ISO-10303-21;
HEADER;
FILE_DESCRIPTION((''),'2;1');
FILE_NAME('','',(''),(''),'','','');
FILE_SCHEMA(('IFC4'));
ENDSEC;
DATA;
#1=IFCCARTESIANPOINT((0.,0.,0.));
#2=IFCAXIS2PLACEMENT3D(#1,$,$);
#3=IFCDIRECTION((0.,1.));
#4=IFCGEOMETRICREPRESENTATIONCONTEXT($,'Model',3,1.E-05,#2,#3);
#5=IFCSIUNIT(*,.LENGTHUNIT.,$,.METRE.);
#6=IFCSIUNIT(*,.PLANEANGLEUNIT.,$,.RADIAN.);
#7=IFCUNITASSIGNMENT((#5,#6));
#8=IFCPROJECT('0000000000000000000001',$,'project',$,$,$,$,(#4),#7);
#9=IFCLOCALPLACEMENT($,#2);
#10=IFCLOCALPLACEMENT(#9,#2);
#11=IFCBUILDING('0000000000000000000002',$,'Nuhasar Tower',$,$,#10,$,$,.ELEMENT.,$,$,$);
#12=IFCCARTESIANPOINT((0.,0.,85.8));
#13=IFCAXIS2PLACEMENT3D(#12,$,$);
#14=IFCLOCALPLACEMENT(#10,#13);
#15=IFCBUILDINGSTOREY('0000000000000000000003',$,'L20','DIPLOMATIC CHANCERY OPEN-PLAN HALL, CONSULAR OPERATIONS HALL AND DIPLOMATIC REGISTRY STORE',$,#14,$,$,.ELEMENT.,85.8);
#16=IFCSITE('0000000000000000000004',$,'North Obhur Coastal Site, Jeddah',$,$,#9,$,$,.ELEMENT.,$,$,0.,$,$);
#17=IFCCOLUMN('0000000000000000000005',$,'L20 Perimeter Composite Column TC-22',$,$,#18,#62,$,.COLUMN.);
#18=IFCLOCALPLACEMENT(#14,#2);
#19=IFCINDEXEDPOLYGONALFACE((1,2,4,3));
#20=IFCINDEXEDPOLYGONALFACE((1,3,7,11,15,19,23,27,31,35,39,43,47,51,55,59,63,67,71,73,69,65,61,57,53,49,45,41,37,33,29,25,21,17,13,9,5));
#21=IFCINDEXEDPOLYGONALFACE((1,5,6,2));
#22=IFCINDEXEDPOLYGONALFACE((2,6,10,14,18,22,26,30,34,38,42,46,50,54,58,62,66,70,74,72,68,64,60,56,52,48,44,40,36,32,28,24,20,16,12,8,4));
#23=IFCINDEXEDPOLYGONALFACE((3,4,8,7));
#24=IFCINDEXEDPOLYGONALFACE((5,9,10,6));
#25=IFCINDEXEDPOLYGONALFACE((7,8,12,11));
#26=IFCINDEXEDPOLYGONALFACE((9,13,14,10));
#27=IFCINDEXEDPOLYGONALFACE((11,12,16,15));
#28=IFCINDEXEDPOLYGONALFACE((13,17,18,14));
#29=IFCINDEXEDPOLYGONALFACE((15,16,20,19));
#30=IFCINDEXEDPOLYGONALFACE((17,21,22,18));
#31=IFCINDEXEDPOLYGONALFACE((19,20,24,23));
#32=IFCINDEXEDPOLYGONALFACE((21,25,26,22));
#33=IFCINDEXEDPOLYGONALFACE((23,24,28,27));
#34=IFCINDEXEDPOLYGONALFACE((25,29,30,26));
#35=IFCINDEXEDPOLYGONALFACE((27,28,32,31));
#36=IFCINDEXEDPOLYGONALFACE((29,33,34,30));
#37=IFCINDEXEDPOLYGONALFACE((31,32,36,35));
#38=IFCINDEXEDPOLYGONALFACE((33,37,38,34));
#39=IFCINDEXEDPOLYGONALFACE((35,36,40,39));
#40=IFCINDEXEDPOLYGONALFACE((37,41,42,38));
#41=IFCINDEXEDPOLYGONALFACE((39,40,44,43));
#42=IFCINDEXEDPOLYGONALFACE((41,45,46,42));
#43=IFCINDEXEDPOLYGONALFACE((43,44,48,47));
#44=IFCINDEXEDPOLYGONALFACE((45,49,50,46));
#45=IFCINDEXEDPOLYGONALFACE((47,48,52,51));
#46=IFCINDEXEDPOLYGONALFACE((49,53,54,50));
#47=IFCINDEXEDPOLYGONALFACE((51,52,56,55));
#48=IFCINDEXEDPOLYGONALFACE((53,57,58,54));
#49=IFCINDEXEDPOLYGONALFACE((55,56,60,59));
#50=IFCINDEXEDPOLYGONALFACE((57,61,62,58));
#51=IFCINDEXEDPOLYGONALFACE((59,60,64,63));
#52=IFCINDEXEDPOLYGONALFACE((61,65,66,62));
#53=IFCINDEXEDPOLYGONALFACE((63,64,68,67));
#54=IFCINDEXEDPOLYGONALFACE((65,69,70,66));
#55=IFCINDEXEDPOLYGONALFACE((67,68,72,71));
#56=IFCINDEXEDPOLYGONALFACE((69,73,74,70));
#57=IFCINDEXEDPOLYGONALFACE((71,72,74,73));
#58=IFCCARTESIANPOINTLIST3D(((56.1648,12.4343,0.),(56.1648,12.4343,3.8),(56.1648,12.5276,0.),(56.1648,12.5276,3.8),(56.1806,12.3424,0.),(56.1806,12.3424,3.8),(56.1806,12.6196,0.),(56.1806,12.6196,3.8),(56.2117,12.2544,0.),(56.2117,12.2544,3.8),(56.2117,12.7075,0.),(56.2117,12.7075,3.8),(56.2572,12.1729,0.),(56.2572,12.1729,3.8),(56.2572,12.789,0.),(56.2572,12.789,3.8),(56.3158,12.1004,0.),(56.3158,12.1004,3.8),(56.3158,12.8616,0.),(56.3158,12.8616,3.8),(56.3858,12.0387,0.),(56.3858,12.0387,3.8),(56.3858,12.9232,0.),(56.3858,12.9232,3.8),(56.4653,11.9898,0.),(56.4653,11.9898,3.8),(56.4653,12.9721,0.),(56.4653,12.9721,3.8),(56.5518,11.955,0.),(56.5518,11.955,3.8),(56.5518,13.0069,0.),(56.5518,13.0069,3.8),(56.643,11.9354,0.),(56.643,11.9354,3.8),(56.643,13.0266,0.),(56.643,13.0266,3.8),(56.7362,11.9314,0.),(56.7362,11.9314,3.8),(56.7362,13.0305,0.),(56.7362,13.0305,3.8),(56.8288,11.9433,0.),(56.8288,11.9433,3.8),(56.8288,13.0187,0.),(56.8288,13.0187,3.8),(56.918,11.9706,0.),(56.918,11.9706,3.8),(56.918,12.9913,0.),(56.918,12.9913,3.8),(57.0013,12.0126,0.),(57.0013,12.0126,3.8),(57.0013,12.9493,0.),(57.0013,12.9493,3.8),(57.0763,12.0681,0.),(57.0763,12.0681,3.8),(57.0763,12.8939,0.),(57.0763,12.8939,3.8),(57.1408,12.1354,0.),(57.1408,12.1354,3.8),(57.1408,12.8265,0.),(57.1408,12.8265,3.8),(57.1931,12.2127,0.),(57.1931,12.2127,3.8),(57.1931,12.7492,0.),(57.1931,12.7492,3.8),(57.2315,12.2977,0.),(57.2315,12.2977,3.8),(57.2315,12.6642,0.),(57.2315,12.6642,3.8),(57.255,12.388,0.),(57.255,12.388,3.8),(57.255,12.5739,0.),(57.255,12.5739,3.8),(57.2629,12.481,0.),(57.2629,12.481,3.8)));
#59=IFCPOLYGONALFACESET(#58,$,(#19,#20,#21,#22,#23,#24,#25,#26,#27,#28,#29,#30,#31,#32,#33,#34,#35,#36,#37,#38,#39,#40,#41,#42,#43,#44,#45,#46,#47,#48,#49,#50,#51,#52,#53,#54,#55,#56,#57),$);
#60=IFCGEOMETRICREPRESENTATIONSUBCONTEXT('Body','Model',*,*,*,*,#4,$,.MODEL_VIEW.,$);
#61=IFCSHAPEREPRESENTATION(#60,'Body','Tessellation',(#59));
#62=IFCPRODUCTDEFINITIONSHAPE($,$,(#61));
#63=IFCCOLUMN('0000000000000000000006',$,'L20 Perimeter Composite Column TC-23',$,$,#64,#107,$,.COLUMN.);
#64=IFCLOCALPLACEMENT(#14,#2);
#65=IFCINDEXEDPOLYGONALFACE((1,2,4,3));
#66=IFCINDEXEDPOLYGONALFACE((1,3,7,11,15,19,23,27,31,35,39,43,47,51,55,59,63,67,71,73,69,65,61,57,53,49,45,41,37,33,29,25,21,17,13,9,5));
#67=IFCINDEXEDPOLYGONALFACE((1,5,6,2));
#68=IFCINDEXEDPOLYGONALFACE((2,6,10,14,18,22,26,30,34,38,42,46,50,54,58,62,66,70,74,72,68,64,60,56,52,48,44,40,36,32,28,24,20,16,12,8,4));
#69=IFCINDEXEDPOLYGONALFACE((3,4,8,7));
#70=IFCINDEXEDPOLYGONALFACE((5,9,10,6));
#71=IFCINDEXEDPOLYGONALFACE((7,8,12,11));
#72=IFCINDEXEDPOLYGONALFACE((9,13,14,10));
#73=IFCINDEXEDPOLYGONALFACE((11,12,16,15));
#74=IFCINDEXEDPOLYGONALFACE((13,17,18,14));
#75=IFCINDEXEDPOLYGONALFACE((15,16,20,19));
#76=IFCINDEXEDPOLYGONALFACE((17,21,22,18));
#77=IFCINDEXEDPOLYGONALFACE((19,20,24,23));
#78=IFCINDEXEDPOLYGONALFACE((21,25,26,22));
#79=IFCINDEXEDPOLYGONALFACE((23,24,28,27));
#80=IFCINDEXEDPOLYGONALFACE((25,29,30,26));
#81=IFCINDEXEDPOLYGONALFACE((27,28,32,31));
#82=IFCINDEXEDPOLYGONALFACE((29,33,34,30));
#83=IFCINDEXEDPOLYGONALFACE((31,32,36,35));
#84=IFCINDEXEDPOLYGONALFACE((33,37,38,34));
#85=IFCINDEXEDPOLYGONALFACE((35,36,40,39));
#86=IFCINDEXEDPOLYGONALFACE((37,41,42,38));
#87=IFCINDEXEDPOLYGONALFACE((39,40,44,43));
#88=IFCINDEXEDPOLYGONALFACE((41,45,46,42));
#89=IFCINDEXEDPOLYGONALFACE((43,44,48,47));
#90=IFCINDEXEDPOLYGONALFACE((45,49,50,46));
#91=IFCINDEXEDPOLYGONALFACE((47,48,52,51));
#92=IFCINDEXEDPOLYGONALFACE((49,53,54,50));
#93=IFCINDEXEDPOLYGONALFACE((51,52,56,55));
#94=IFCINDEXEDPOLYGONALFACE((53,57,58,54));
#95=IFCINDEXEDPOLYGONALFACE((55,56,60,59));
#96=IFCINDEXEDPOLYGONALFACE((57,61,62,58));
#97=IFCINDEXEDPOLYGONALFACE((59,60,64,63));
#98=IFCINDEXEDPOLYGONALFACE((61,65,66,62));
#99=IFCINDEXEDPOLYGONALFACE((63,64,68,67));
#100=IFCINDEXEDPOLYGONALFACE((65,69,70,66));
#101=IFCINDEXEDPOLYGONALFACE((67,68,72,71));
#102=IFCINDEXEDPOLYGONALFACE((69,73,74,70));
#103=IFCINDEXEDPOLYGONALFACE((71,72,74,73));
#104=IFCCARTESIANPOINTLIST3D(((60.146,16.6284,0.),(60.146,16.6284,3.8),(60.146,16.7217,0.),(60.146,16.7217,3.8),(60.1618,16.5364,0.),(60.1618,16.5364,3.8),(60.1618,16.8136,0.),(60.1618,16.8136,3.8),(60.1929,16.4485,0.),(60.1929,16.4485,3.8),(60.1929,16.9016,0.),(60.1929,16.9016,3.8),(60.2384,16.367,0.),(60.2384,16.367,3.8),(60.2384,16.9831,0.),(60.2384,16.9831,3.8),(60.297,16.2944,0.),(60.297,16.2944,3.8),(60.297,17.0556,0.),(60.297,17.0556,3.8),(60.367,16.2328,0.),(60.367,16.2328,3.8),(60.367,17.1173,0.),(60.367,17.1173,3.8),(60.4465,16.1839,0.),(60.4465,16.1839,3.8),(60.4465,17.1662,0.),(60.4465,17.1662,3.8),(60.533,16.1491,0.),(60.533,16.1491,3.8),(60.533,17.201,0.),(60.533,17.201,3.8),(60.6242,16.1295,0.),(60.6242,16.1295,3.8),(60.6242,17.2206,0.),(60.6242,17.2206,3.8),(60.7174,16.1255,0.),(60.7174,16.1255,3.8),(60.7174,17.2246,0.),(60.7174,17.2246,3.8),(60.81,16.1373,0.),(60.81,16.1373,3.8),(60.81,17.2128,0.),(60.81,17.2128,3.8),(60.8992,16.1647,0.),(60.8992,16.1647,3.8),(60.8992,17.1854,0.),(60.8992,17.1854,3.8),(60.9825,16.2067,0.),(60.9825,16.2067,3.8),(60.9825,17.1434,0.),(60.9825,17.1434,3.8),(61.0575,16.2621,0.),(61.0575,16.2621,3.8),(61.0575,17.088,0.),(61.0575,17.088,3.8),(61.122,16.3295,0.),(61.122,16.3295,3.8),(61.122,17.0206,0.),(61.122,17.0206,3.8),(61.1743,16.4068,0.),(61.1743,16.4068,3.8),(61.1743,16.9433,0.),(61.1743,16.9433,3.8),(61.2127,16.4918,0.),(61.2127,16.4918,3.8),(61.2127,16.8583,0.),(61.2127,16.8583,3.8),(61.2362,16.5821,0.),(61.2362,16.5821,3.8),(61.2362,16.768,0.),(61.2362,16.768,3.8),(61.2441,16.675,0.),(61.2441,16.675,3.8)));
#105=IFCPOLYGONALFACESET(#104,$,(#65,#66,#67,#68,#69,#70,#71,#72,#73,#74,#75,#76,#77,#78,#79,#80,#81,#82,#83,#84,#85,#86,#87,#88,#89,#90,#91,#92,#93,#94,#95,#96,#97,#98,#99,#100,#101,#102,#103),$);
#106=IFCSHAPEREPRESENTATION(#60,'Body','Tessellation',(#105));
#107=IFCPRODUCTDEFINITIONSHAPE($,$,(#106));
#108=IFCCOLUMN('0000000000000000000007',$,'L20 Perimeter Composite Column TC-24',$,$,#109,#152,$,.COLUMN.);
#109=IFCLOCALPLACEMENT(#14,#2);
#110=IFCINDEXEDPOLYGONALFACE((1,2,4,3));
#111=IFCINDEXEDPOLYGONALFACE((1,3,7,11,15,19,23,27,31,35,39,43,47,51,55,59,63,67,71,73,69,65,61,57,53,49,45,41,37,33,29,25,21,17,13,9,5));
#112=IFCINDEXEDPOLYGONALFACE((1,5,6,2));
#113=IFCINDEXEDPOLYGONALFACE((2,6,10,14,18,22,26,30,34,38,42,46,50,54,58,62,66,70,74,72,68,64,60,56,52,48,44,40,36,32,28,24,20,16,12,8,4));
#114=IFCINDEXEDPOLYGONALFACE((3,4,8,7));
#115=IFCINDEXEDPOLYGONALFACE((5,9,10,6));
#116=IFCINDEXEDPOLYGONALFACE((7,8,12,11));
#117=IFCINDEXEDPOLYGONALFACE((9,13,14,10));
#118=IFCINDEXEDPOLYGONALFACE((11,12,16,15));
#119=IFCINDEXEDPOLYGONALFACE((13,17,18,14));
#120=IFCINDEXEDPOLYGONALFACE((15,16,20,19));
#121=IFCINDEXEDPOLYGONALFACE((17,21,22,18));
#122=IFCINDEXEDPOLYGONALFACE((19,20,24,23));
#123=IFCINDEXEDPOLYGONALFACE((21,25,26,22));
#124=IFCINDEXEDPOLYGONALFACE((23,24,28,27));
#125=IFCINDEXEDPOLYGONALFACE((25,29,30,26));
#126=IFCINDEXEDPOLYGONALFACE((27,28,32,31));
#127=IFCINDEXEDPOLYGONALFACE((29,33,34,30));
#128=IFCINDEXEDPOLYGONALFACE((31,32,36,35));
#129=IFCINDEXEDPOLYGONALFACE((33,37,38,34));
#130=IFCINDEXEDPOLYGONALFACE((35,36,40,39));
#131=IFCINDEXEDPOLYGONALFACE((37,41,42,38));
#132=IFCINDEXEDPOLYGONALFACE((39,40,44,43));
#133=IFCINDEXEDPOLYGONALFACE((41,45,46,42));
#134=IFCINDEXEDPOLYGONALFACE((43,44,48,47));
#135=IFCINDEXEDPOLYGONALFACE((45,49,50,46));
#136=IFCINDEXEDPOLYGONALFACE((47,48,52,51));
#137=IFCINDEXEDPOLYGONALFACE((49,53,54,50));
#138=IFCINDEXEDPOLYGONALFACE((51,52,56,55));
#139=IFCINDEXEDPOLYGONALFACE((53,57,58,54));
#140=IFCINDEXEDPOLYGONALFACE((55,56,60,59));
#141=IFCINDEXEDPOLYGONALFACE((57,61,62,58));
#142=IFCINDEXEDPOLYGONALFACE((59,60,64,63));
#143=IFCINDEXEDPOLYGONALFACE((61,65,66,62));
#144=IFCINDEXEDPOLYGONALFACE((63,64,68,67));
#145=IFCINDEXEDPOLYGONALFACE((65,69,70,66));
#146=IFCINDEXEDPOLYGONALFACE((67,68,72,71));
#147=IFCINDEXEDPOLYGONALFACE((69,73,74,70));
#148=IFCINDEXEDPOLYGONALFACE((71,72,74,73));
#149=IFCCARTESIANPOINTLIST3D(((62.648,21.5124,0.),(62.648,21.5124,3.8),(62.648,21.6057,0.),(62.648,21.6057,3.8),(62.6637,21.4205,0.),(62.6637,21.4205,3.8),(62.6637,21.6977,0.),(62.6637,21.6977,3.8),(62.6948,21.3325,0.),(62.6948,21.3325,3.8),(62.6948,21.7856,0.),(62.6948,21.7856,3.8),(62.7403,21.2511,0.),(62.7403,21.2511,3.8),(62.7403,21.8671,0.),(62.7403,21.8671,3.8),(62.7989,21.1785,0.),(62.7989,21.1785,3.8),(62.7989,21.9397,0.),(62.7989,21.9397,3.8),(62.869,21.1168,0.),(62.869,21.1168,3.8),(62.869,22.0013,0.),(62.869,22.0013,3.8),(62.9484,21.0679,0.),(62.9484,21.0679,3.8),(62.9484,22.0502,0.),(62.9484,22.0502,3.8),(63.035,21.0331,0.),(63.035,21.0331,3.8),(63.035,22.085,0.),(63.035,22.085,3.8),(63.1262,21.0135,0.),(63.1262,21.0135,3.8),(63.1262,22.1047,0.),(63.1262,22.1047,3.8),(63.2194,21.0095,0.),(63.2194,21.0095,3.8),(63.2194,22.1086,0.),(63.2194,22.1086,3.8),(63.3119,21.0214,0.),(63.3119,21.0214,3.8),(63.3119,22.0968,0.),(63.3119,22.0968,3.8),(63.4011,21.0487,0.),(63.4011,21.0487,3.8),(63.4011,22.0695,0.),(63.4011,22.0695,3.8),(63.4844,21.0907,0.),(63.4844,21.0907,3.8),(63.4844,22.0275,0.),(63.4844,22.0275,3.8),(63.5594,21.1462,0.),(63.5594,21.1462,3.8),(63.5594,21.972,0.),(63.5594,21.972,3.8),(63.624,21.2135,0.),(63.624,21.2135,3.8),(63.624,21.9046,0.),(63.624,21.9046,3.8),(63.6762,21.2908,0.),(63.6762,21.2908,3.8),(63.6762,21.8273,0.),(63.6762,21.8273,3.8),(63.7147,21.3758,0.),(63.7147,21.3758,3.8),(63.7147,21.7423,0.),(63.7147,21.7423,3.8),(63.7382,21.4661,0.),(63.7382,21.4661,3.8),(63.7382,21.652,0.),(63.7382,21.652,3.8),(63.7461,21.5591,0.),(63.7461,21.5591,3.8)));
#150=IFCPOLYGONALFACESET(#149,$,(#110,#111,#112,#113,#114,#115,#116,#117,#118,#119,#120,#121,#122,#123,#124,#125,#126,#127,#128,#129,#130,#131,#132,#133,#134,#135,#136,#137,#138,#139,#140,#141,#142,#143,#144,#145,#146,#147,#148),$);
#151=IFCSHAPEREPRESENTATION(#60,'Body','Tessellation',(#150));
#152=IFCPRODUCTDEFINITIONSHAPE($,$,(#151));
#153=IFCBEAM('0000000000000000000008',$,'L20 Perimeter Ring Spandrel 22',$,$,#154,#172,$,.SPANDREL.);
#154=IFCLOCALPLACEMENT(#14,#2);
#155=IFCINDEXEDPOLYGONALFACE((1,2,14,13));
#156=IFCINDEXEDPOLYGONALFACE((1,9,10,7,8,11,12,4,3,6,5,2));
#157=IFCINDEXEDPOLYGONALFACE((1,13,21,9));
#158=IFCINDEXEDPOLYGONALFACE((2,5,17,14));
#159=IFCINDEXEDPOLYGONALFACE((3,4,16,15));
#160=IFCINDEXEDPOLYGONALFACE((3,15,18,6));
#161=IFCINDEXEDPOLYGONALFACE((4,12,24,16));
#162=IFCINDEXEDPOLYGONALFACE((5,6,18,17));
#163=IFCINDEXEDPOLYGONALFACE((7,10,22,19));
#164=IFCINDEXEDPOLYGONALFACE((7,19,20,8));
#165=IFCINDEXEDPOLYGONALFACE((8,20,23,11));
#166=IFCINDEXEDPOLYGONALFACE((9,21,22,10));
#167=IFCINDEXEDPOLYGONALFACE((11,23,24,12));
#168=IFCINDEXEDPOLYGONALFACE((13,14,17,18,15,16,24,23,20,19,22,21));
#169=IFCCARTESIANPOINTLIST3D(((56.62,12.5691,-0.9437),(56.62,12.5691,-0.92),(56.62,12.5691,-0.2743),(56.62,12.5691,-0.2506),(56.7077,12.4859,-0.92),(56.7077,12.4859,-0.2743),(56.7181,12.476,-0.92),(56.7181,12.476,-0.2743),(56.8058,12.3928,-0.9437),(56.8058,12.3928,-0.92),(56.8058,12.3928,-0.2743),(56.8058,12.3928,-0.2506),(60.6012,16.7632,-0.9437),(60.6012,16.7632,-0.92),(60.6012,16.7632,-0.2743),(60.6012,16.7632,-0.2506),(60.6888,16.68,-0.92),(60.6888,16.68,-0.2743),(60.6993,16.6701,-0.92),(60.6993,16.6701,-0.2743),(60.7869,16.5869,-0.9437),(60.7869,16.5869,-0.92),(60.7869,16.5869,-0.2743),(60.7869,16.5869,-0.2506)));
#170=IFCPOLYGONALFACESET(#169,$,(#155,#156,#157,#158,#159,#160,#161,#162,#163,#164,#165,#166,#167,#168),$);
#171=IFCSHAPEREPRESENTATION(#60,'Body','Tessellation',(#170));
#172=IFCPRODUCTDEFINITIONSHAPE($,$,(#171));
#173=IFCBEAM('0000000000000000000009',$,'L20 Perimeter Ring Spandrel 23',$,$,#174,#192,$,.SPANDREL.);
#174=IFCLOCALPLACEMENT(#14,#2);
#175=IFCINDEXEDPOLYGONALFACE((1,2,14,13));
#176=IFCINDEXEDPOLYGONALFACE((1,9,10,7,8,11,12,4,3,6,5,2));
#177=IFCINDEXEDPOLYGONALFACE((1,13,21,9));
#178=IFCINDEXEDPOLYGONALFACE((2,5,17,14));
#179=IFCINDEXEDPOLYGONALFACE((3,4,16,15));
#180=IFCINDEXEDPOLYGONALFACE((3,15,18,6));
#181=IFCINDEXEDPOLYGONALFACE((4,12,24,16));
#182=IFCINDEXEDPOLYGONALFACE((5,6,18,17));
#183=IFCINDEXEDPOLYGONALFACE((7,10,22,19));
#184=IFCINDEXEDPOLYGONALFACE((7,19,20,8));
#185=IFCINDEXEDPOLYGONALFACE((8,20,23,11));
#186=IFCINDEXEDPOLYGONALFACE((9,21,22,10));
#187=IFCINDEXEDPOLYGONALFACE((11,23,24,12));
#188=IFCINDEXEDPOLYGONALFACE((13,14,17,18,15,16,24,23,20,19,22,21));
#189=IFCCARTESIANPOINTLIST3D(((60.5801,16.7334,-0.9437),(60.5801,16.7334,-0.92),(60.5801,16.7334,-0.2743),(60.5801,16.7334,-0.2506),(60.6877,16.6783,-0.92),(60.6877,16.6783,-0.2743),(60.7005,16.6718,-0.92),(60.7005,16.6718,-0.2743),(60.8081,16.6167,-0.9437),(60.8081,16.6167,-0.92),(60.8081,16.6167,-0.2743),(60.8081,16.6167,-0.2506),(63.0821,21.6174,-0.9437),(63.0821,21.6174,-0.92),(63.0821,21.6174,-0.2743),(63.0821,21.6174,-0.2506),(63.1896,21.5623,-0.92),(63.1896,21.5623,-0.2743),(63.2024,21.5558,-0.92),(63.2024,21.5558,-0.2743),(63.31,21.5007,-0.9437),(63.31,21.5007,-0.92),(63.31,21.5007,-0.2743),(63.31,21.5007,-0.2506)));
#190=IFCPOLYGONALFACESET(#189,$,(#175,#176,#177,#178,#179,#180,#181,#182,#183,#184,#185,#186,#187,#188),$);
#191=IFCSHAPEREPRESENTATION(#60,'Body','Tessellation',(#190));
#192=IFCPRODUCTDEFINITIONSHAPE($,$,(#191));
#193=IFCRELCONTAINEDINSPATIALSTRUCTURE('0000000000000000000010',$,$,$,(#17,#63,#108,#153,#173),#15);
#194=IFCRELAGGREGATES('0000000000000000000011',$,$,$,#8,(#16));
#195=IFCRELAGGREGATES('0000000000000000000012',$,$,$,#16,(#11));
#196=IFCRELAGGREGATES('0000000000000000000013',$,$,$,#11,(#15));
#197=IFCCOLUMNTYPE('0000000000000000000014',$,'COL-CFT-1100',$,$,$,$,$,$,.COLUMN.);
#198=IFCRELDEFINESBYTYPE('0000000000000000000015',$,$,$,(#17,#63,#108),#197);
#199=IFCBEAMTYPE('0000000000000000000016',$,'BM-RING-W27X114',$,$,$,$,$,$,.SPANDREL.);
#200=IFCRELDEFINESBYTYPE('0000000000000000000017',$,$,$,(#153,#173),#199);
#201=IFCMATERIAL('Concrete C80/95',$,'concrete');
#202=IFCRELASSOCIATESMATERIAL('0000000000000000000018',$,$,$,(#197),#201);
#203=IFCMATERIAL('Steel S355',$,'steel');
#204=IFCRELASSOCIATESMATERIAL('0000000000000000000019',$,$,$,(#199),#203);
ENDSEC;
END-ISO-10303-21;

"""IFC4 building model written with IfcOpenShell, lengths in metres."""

from ifc_helpers import new_model, si_unit, direction, frame, origin, origin_2d, place, context, subcontext, project, spatial, circle, i_section, extrude, material, material_profile, profile_set, type_object, element, save


model = new_model("IFC4")

# Units and contexts
model_context = context("Model", 3, precision=1e-05, world=origin(), true_north=direction((0.0, 1.0)))
body_context = subcontext(model_context, "Body", "Model", "MODEL_VIEW")
ifc_project = project(units=[si_unit("LENGTHUNIT", "METRE"), si_unit("PLANEANGLEUNIT", "RADIAN")], contexts=[model_context])

# Site, building, storey
site_placement = place(None, origin())
site = spatial("IfcSite", under=ifc_project, at=site_placement, Name="North Obhur Coastal Site, Jeddah", CompositionType="ELEMENT", RefElevation=0.0)
building_placement = place(site_placement, origin())
building = spatial("IfcBuilding", under=site, at=building_placement, Name="Nuhasar Tower", CompositionType="ELEMENT")
storey_placement = place(building_placement, frame((0.0, 0.0, 85.8)))
storey = spatial("IfcBuildingStorey", under=building, at=storey_placement, Name="L20", Description="DIPLOMATIC CHANCERY OPEN-PLAN HALL, CONSULAR OPERATIONS HALL AND DIPLOMATIC REGISTRY STORE", CompositionType="ELEMENT", Elevation=85.8)

# Columns
ifc_material_1 = material(Name="Concrete C80/95", Category="concrete")
ifc_material_profile_1 = material_profile(ifc_material_1, circle(Radius=0.55, at=origin_2d()), Name="CFT1100")
ifc_profile_set_1 = profile_set([ifc_material_profile_1], Name="Concrete C80/95")
column_type = type_object("IfcColumnType", Name="COL-CFT-1100", PredefinedType="COLUMN", material=ifc_profile_set_1)
for number, where, z_axis, x_axis, name in (
    (1, (56.7129, 12.481, 0.0), (0.0, 0.0, 1.0), (1.0, 0.0, 0.0), "L20 Perimeter Composite Column TC-22"),
    (2, (60.6941, 16.675, 0.0), (0.0, 0.0, 1.0), (1.0, 0.0, 0.0), "L20 Perimeter Composite Column TC-23"),
    (3, (63.196, 21.5591, 0.0), (0.0, 0.0, 1.0), (1.0, 0.0, 0.0), "L20 Perimeter Composite Column TC-24"),
):
    element("IfcColumn", number, at=place(storey_placement, frame(where, z_axis=z_axis, x_axis=x_axis)), inside=storey, type_object=column_type, Name=name, PredefinedType="COLUMN", context=body_context, shape_type="SweptSolid", body=[
        extrude(circle(Radius=0.55, at=origin_2d()), origin(), (0.0, 0.0, 1.0), 3.8),
    ])

# Beams
ifc_material_2 = material(Name="Steel S355", Category="steel")
ifc_material_profile_2 = material_profile(ifc_material_2, i_section(OverallWidth=0.2561, OverallDepth=0.6931, WebThickness=0.0144, FlangeThickness=0.0237, at=origin_2d()), Name="W27X114")
ifc_profile_set_2 = profile_set([ifc_material_profile_2], Name="Steel S355")
beam_type_1 = type_object("IfcBeamType", Name="BM-RING-W27X114", PredefinedType="SPANDREL", material=ifc_profile_set_2)
beam_1_placement = place(storey_placement, frame((56.7129, 12.481, -0.5972), z_axis=(0.68846, 0.725274, 0.0), x_axis=(-0.725274, 0.68846, 0.0)))
element("IfcBeam", 4, at=beam_1_placement, inside=storey, type_object=beam_type_1, Name="L20 Perimeter Ring Spandrel 22", PredefinedType="SPANDREL", context=body_context, shape_type="SweptSolid", body=[
    extrude(i_section(OverallWidth=0.2561, OverallDepth=0.6931, WebThickness=0.0144, FlangeThickness=0.0237, at=origin_2d()), origin(), (0.0, 0.0, 1.0), 5.7827),
])
beam_2_placement = place(storey_placement, frame((60.6941, 16.675, -0.5972), z_axis=(0.45593, 0.890016, 0.0), x_axis=(-0.890016, 0.45593, 0.0)))
element("IfcBeam", 5, at=beam_2_placement, inside=storey, type_object=beam_type_1, Name="L20 Perimeter Ring Spandrel 23", PredefinedType="SPANDREL", context=body_context, shape_type="SweptSolid", body=[
    extrude(i_section(OverallWidth=0.2561, OverallDepth=0.6931, WebThickness=0.0144, FlangeThickness=0.0237, at=origin_2d()), origin(), (0.0, 0.0, 1.0), 5.4875),
])

save(model, "model.ifc")
